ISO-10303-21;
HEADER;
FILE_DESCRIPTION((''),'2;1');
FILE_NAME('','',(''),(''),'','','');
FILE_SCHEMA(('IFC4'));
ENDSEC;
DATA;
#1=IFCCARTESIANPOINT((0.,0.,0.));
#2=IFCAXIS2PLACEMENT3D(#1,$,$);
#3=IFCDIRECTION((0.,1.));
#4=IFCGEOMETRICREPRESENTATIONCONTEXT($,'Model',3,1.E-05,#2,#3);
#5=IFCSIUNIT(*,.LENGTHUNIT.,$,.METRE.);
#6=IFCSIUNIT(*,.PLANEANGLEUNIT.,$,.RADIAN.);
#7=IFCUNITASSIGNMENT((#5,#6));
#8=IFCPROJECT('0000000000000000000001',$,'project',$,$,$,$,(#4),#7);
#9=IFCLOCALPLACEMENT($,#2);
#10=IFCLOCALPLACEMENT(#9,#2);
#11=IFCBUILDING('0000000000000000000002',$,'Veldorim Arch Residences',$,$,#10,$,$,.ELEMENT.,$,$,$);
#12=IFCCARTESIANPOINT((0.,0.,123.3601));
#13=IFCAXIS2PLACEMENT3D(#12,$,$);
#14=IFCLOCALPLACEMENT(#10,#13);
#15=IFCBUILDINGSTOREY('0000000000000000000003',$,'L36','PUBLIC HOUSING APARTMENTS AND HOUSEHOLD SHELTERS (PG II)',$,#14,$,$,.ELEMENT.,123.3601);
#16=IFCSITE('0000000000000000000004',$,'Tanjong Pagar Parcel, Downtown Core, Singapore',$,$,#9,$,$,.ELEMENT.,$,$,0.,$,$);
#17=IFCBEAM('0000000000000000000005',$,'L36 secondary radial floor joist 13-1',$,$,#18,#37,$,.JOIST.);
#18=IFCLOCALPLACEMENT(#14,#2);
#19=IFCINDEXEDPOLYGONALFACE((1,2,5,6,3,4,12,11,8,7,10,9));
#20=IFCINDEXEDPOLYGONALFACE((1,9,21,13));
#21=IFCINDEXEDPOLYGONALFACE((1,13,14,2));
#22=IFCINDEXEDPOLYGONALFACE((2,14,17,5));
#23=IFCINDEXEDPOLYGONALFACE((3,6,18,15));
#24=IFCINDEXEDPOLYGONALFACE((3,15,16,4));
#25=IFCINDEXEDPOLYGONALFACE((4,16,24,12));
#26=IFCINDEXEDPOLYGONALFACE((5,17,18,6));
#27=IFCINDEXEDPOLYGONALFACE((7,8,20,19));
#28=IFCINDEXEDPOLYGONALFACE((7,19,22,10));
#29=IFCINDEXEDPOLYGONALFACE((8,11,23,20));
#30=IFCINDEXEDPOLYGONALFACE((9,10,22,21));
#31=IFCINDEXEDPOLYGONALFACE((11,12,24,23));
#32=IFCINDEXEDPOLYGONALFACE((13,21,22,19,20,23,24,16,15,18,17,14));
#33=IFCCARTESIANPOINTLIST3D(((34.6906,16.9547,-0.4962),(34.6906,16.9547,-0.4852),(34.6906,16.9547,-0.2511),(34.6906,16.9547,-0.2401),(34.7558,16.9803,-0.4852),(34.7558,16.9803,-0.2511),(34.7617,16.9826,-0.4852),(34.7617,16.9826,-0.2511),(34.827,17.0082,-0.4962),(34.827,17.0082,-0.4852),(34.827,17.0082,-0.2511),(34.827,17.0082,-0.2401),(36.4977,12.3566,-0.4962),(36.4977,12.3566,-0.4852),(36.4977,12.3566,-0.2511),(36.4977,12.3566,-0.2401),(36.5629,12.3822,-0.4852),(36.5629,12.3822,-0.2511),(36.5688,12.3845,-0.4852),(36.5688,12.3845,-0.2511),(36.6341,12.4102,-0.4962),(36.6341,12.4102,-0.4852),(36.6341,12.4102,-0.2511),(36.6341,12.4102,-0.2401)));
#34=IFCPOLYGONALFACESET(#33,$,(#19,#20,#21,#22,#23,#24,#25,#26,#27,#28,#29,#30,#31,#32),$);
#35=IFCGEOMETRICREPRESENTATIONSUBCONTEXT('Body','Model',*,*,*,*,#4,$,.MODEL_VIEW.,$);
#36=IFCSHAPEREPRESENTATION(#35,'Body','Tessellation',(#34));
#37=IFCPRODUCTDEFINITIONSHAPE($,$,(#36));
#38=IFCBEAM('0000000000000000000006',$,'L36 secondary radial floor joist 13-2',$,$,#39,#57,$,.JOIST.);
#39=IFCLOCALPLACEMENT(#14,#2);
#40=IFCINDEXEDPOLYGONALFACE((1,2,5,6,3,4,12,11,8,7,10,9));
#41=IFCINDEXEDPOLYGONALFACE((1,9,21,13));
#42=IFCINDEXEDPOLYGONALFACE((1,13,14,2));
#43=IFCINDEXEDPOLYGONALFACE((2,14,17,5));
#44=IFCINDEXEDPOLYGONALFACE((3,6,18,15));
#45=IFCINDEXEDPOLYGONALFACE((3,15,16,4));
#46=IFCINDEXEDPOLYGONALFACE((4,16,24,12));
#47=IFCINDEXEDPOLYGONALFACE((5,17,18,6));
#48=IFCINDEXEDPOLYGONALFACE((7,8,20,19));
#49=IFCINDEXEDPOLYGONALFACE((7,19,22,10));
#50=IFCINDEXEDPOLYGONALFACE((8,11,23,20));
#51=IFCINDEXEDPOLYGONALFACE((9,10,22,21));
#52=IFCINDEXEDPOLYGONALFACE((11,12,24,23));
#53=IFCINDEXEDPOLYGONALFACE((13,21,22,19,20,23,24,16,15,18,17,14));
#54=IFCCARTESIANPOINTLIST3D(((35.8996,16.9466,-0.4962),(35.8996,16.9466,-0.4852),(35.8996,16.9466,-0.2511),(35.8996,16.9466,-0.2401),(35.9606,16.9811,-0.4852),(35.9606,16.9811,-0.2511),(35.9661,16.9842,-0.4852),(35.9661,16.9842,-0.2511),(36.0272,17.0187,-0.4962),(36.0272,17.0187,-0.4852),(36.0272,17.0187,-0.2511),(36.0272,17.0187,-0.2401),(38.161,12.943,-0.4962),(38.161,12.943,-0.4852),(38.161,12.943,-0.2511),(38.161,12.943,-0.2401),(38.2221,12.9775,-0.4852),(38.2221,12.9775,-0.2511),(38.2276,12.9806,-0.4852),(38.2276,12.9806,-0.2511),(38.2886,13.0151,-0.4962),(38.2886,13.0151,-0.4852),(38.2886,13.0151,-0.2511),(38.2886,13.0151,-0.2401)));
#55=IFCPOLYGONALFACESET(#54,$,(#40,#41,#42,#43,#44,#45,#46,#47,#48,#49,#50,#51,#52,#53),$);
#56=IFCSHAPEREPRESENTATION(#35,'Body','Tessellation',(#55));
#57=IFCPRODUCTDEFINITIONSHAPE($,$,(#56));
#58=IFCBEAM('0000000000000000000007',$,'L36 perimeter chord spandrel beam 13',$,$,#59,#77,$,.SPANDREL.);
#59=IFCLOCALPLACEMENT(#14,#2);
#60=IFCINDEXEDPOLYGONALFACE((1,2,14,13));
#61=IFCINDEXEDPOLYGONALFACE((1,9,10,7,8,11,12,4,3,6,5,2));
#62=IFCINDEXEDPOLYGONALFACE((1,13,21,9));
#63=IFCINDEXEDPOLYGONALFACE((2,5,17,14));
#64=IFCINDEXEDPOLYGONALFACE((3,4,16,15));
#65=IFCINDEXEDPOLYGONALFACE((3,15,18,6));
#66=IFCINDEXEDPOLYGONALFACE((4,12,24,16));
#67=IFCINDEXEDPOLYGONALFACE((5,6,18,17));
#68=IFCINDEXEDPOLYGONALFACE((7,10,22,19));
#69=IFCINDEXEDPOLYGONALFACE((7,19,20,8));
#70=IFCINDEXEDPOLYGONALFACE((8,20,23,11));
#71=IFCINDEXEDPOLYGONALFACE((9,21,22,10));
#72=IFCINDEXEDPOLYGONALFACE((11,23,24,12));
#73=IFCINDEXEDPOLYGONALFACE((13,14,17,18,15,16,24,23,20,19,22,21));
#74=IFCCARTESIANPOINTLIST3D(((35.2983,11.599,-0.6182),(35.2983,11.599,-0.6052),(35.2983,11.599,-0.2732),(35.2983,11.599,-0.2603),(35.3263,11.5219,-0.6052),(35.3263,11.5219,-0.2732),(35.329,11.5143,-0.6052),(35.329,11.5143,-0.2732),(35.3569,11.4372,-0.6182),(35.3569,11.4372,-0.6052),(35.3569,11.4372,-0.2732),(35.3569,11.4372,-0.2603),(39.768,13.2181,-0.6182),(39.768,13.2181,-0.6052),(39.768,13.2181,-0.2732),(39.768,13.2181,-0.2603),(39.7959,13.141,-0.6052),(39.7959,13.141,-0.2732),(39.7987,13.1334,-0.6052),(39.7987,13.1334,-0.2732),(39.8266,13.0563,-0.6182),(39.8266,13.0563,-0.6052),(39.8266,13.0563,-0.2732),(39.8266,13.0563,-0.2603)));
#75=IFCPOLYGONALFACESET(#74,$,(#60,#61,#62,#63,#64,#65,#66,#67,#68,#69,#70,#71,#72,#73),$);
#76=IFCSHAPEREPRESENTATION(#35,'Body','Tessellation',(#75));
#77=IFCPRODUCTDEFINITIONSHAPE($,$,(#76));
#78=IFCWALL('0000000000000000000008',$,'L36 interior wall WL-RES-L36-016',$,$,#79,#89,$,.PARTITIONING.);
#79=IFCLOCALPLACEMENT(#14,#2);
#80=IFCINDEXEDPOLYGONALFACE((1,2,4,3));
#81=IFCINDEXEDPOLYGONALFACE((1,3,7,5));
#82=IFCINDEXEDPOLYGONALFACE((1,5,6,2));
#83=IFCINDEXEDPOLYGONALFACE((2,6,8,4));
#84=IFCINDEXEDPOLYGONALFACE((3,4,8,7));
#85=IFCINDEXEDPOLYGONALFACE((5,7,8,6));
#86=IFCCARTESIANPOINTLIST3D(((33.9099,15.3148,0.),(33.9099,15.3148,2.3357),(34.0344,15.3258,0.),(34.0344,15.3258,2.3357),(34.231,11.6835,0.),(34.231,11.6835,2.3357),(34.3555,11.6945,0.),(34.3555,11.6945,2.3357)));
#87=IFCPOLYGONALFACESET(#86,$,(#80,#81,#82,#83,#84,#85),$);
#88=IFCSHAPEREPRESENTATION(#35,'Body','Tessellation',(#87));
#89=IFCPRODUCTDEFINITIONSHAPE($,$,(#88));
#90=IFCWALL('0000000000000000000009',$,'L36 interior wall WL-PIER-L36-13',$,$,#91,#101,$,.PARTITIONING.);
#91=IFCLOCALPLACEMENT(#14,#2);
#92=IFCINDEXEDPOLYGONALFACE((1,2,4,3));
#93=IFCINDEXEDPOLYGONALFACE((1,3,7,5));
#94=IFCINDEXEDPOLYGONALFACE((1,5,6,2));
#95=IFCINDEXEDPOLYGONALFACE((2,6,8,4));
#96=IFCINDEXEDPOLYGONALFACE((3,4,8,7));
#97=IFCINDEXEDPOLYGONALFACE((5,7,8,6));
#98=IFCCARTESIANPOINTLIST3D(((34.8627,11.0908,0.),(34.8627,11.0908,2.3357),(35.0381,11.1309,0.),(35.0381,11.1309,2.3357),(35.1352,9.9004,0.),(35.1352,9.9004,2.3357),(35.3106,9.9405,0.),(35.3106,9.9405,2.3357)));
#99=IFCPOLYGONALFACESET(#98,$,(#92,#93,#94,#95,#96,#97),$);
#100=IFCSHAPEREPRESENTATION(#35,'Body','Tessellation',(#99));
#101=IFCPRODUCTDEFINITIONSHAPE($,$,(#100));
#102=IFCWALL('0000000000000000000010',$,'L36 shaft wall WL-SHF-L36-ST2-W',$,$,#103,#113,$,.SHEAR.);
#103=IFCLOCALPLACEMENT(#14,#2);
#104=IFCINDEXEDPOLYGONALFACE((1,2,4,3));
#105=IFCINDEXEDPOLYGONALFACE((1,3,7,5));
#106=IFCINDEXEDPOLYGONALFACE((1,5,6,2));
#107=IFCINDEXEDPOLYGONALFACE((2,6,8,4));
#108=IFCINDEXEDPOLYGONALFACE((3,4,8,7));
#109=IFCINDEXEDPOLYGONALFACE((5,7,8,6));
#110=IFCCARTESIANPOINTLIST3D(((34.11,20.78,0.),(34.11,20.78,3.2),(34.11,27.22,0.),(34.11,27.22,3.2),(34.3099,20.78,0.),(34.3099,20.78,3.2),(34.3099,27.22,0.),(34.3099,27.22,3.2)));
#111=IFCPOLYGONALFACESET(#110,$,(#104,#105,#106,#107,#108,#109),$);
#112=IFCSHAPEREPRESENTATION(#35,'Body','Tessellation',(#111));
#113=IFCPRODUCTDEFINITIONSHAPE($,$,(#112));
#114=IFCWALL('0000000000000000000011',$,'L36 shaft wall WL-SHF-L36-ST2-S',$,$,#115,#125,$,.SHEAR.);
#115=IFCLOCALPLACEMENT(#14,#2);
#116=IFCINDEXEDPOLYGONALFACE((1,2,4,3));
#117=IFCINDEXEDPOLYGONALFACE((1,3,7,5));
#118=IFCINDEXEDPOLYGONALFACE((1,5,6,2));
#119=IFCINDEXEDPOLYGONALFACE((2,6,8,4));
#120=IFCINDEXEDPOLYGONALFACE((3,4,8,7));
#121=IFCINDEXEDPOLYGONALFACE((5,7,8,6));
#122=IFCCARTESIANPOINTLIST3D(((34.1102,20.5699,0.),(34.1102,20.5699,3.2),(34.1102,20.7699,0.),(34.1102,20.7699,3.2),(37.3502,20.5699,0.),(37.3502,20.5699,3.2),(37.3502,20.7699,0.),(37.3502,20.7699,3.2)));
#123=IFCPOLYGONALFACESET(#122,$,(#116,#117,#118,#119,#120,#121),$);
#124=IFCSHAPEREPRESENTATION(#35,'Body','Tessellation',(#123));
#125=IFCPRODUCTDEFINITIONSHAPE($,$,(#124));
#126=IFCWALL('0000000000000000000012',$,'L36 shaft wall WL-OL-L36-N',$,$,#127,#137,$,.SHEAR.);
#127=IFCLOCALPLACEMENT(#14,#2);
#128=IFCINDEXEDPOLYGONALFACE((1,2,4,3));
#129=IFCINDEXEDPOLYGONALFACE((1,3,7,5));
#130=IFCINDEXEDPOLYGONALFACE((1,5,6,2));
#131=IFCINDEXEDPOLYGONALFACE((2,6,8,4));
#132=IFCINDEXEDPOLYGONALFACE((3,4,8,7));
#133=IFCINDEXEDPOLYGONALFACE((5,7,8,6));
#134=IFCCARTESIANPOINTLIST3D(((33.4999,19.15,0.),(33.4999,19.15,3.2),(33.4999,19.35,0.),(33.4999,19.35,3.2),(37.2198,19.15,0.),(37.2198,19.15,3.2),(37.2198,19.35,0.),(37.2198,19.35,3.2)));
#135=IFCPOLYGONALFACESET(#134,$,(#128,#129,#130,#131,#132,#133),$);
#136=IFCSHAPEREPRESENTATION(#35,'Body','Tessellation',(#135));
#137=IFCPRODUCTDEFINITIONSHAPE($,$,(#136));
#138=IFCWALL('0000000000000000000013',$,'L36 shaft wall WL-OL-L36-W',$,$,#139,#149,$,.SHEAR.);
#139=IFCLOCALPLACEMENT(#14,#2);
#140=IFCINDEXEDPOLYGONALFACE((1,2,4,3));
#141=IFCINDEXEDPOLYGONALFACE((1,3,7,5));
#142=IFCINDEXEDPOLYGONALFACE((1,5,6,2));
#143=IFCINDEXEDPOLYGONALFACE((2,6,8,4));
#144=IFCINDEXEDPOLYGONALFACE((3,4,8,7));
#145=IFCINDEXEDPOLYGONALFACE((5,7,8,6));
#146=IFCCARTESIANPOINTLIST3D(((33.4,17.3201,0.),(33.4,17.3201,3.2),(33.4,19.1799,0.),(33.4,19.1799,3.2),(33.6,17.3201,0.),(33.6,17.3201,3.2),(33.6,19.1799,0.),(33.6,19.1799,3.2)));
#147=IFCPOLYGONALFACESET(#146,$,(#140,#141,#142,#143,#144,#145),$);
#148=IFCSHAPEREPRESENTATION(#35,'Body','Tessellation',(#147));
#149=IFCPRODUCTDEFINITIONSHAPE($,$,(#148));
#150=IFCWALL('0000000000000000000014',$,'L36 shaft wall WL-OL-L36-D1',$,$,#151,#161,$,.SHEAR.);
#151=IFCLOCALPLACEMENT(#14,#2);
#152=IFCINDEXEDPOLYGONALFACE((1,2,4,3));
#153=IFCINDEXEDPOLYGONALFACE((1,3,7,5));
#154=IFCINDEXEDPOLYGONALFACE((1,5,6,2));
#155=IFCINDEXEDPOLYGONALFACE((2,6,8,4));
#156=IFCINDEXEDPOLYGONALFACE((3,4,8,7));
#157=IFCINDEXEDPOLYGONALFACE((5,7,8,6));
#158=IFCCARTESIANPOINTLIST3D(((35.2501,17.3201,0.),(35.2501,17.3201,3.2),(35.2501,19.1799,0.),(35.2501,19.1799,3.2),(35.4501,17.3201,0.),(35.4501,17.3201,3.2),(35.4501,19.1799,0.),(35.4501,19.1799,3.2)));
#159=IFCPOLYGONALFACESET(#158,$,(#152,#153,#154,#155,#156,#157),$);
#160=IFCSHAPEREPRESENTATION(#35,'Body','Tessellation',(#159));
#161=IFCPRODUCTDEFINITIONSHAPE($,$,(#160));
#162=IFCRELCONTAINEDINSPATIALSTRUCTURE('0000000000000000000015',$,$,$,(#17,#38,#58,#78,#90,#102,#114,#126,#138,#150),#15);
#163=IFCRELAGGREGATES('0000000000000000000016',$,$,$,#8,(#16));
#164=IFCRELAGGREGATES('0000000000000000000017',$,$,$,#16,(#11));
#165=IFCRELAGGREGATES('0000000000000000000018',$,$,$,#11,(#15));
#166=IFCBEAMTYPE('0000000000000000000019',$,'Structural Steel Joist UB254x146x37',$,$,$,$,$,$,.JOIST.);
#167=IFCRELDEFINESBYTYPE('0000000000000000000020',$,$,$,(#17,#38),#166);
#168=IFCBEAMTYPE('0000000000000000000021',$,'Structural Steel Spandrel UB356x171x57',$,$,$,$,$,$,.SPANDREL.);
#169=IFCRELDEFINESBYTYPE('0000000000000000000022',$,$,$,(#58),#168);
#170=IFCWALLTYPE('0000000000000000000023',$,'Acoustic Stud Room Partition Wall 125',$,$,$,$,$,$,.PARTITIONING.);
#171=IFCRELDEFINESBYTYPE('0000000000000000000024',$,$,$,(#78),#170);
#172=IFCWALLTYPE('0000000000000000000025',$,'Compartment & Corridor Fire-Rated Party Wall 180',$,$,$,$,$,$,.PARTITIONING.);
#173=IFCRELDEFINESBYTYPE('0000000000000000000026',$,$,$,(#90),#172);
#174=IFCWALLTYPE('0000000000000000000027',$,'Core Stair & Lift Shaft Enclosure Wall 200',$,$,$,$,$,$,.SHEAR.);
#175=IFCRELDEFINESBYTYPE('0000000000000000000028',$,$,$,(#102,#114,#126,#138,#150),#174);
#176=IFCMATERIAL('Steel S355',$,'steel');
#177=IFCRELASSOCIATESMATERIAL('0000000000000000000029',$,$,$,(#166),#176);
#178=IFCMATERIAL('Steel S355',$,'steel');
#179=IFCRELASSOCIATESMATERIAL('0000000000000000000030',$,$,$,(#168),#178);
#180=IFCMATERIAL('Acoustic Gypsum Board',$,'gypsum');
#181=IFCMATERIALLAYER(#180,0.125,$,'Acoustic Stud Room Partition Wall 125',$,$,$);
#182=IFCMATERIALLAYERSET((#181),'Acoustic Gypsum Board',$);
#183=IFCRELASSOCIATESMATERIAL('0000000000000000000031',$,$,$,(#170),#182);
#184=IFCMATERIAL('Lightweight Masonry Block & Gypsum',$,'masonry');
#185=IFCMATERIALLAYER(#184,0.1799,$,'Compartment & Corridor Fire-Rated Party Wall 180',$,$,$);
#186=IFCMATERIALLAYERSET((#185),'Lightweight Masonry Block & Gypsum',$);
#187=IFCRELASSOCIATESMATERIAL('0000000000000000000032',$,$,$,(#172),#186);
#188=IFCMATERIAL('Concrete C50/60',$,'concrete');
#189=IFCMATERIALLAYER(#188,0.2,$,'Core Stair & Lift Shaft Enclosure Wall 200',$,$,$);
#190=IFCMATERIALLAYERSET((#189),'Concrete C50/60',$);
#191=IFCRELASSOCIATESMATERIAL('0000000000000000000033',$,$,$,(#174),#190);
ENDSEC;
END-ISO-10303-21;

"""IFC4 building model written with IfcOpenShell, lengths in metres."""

from ifc_helpers import new_model, si_unit, direction, frame, frame_2d, origin, origin_2d, place, context, subcontext, project, spatial, rectangle, i_section, extrude, material, layer, layer_set, material_profile, profile_set, type_object, element, save


model = new_model("IFC4")

# Units and contexts
model_context = context("Model", 3, precision=1e-05, world=origin(), true_north=direction((0.0, 1.0)))
body_context = subcontext(model_context, "Body", "Model", "MODEL_VIEW")
ifc_project = project(units=[si_unit("LENGTHUNIT", "METRE"), si_unit("PLANEANGLEUNIT", "RADIAN")], contexts=[model_context])

# Site, building, storey
site_placement = place(None, origin())
site = spatial("IfcSite", under=ifc_project, at=site_placement, Name="Tanjong Pagar Parcel, Downtown Core, Singapore", CompositionType="ELEMENT", RefElevation=0.0)
building_placement = place(site_placement, origin())
building = spatial("IfcBuilding", under=site, at=building_placement, Name="Veldorim Arch Residences", CompositionType="ELEMENT")
storey_placement = place(building_placement, frame((0.0, 0.0, 123.3601)))
storey = spatial("IfcBuildingStorey", under=building, at=storey_placement, Name="L36", Description="PUBLIC HOUSING APARTMENTS AND HOUSEHOLD SHELTERS (PG II)", CompositionType="ELEMENT", Elevation=123.3601)

# Beams
ifc_material_1 = material(Name="Steel S355", Category="steel")
ifc_material_profile_1 = material_profile(ifc_material_1, i_section(OverallWidth=0.1465, OverallDepth=0.2561, WebThickness=0.0063, FlangeThickness=0.011, at=origin_2d()), Name="UB254x146x37")
ifc_profile_set_1 = profile_set([ifc_material_profile_1], Name="Steel S355")
beam_type_1 = type_object("IfcBeamType", Name="Structural Steel Joist UB254x146x37", PredefinedType="JOIST", material=ifc_profile_set_1)
beam_1_placement = place(storey_placement, frame((34.7588, 16.9814, -0.3682), z_axis=(0.365778, -0.930702, 0.0), x_axis=(0.930702, 0.365778, 0.0)))
element("IfcBeam", 1, at=beam_1_placement, inside=storey, type_object=beam_type_1, Name="L36 secondary radial floor joist 13-1", PredefinedType="JOIST", context=body_context, shape_type="SweptSolid", body=[
    extrude(i_section(OverallWidth=0.1465, OverallDepth=0.2561, WebThickness=0.0063, FlangeThickness=0.011, at=origin_2d()), origin(), (0.0, 0.0, 1.0), 4.9404),
])
beam_2_placement = place(storey_placement, frame((35.9634, 16.9827, -0.3682), z_axis=(0.491816, -0.870699, 0.0), x_axis=(0.870699, 0.491816, 0.0)))
element("IfcBeam", 2, at=beam_2_placement, inside=storey, type_object=beam_type_1, Name="L36 secondary radial floor joist 13-2", PredefinedType="JOIST", context=body_context, shape_type="SweptSolid", body=[
    extrude(i_section(OverallWidth=0.1465, OverallDepth=0.2561, WebThickness=0.0063, FlangeThickness=0.011, at=origin_2d()), origin(), (0.0, 0.0, 1.0), 4.5981),
])
ifc_material_2 = material(Name="Steel S355", Category="steel")
ifc_material_profile_2 = material_profile(ifc_material_2, i_section(OverallWidth=0.1721, OverallDepth=0.3579, WebThickness=0.0081, FlangeThickness=0.0129, at=origin_2d()), Name="UB356x171x57")
ifc_profile_set_2 = profile_set([ifc_material_profile_2], Name="Steel S355")
beam_type_2 = type_object("IfcBeamType", Name="Structural Steel Spandrel UB356x171x57", PredefinedType="SPANDREL", material=ifc_profile_set_2)
beam_3_placement = place(storey_placement, frame((35.3276, 11.5181, -0.4392), z_axis=(0.940213, 0.340588, 0.0), x_axis=(-0.340588, 0.940213, 0.0)))
element("IfcBeam", 3, at=beam_3_placement, inside=storey, type_object=beam_type_2, Name="L36 perimeter chord spandrel beam 13", PredefinedType="SPANDREL", context=body_context, shape_type="SweptSolid", body=[
    extrude(i_section(OverallWidth=0.1721, OverallDepth=0.3579, WebThickness=0.0081, FlangeThickness=0.0129, at=origin_2d()), origin(), (0.0, 0.0, 1.0), 4.7539),
])

# Walls
ifc_material_3 = material(Name="Acoustic Gypsum Board", Category="gypsum")
ifc_layer_1 = layer(ifc_material_3, 0.125, Name="Acoustic Stud Room Partition Wall 125")
ifc_layer_set_1 = layer_set([ifc_layer_1], Name="Acoustic Gypsum Board")
wall_type_1 = type_object("IfcWallType", Name="Acoustic Stud Room Partition Wall 125", PredefinedType="PARTITIONING", material=ifc_layer_set_1)
wall_1_placement = place(storey_placement, frame((34.2932, 11.689, 0.0), z_axis=(0.0, 0.0, 1.0), x_axis=(-0.088066, 0.996115, 0.0)))
element("IfcWall", 4, at=wall_1_placement, inside=storey, type_object=wall_type_1, Name="L36 interior wall WL-RES-L36-016", PredefinedType="PARTITIONING", context=body_context, shape_type="SweptSolid", body=[
    extrude(rectangle(XDim=3.6455, YDim=0.125, at=frame_2d((1.8228, 0.0))), origin(), (0.0, 0.0, 1.0), 2.3357),
])
ifc_material_4 = material(Name="Lightweight Masonry Block & Gypsum", Category="masonry")
ifc_layer_2 = layer(ifc_material_4, 0.1799, Name="Compartment & Corridor Fire-Rated Party Wall 180")
ifc_layer_set_2 = layer_set([ifc_layer_2], Name="Lightweight Masonry Block & Gypsum")
wall_type_2 = type_object("IfcWallType", Name="Compartment & Corridor Fire-Rated Party Wall 180", PredefinedType="PARTITIONING", material=ifc_layer_set_2)
wall_2_placement = place(storey_placement, frame((34.9504, 11.1108, 0.0), z_axis=(0.0, 0.0, 1.0), x_axis=(0.223107, -0.974794, 0.0)))
element("IfcWall", 5, at=wall_2_placement, inside=storey, type_object=wall_type_2, Name="L36 interior wall WL-PIER-L36-13", PredefinedType="PARTITIONING", context=body_context, shape_type="SweptSolid", body=[
    extrude(rectangle(XDim=1.2212, YDim=0.1799, at=frame_2d((0.6106, 0.0))), origin(), (0.0, 0.0, 1.0), 2.3357),
])
ifc_material_5 = material(Name="Concrete C50/60", Category="concrete")
ifc_layer_3 = layer(ifc_material_5, 0.2, Name="Core Stair & Lift Shaft Enclosure Wall 200")
ifc_layer_set_3 = layer_set([ifc_layer_3], Name="Concrete C50/60")
wall_type_3 = type_object("IfcWallType", Name="Core Stair & Lift Shaft Enclosure Wall 200", PredefinedType="SHEAR", material=ifc_layer_set_3)
wall_3_placement = place(storey_placement, frame((34.21, 20.78, 0.0), z_axis=(0.0, 0.0, 1.0), x_axis=(0.0, 1.0, 0.0)))
element("IfcWall", 6, at=wall_3_placement, inside=storey, type_object=wall_type_3, Name="L36 shaft wall WL-SHF-L36-ST2-W", PredefinedType="SHEAR", context=body_context, shape_type="SweptSolid", body=[
    extrude(rectangle(XDim=6.4399, YDim=0.2, at=frame_2d((3.22, 0.0))), origin(), (0.0, 0.0, 1.0), 3.2),
])
wall_4_placement = place(storey_placement, frame((34.1101, 20.6699, 0.0), z_axis=(0.0, 0.0, 1.0), x_axis=(1.0, 0.0, 0.0)))
element("IfcWall", 7, at=wall_4_placement, inside=storey, type_object=wall_type_3, Name="L36 shaft wall WL-SHF-L36-ST2-S", PredefinedType="SHEAR", context=body_context, shape_type="SweptSolid", body=[
    extrude(rectangle(XDim=3.24, YDim=0.2, at=frame_2d((1.6201, 0.0))), origin(), (0.0, 0.0, 1.0), 3.2),
])
wall_5_placement = place(storey_placement, frame((33.5, 19.25, 0.0), z_axis=(0.0, 0.0, 1.0), x_axis=(1.0, 0.0, 0.0)))
element("IfcWall", 8, at=wall_5_placement, inside=storey, type_object=wall_type_3, Name="L36 shaft wall WL-OL-L36-N", PredefinedType="SHEAR", context=body_context, shape_type="SweptSolid", body=[
    extrude(rectangle(XDim=3.72, YDim=0.2, at=frame_2d((1.8599, 0.0))), origin(), (0.0, 0.0, 1.0), 3.2),
])
for number, where, z_axis, x_axis, name in (
    (9, (33.5, 17.3201, 0.0), (0.0, 0.0, 1.0), (0.0, 1.0, 0.0), "L36 shaft wall WL-OL-L36-W"),
    (10, (35.3501, 17.3201, 0.0), (0.0, 0.0, 1.0), (0.0, 1.0, 0.0), "L36 shaft wall WL-OL-L36-D1"),
):
    element("IfcWall", number, at=place(storey_placement, frame(where, z_axis=z_axis, x_axis=x_axis)), inside=storey, type_object=wall_type_3, Name=name, PredefinedType="SHEAR", context=body_context, shape_type="SweptSolid", body=[
        extrude(rectangle(XDim=1.8599, YDim=0.2, at=frame_2d((0.9299, 0.0))), origin(), (0.0, 0.0, 1.0), 3.2),
    ])

save(model, "model.ifc")
